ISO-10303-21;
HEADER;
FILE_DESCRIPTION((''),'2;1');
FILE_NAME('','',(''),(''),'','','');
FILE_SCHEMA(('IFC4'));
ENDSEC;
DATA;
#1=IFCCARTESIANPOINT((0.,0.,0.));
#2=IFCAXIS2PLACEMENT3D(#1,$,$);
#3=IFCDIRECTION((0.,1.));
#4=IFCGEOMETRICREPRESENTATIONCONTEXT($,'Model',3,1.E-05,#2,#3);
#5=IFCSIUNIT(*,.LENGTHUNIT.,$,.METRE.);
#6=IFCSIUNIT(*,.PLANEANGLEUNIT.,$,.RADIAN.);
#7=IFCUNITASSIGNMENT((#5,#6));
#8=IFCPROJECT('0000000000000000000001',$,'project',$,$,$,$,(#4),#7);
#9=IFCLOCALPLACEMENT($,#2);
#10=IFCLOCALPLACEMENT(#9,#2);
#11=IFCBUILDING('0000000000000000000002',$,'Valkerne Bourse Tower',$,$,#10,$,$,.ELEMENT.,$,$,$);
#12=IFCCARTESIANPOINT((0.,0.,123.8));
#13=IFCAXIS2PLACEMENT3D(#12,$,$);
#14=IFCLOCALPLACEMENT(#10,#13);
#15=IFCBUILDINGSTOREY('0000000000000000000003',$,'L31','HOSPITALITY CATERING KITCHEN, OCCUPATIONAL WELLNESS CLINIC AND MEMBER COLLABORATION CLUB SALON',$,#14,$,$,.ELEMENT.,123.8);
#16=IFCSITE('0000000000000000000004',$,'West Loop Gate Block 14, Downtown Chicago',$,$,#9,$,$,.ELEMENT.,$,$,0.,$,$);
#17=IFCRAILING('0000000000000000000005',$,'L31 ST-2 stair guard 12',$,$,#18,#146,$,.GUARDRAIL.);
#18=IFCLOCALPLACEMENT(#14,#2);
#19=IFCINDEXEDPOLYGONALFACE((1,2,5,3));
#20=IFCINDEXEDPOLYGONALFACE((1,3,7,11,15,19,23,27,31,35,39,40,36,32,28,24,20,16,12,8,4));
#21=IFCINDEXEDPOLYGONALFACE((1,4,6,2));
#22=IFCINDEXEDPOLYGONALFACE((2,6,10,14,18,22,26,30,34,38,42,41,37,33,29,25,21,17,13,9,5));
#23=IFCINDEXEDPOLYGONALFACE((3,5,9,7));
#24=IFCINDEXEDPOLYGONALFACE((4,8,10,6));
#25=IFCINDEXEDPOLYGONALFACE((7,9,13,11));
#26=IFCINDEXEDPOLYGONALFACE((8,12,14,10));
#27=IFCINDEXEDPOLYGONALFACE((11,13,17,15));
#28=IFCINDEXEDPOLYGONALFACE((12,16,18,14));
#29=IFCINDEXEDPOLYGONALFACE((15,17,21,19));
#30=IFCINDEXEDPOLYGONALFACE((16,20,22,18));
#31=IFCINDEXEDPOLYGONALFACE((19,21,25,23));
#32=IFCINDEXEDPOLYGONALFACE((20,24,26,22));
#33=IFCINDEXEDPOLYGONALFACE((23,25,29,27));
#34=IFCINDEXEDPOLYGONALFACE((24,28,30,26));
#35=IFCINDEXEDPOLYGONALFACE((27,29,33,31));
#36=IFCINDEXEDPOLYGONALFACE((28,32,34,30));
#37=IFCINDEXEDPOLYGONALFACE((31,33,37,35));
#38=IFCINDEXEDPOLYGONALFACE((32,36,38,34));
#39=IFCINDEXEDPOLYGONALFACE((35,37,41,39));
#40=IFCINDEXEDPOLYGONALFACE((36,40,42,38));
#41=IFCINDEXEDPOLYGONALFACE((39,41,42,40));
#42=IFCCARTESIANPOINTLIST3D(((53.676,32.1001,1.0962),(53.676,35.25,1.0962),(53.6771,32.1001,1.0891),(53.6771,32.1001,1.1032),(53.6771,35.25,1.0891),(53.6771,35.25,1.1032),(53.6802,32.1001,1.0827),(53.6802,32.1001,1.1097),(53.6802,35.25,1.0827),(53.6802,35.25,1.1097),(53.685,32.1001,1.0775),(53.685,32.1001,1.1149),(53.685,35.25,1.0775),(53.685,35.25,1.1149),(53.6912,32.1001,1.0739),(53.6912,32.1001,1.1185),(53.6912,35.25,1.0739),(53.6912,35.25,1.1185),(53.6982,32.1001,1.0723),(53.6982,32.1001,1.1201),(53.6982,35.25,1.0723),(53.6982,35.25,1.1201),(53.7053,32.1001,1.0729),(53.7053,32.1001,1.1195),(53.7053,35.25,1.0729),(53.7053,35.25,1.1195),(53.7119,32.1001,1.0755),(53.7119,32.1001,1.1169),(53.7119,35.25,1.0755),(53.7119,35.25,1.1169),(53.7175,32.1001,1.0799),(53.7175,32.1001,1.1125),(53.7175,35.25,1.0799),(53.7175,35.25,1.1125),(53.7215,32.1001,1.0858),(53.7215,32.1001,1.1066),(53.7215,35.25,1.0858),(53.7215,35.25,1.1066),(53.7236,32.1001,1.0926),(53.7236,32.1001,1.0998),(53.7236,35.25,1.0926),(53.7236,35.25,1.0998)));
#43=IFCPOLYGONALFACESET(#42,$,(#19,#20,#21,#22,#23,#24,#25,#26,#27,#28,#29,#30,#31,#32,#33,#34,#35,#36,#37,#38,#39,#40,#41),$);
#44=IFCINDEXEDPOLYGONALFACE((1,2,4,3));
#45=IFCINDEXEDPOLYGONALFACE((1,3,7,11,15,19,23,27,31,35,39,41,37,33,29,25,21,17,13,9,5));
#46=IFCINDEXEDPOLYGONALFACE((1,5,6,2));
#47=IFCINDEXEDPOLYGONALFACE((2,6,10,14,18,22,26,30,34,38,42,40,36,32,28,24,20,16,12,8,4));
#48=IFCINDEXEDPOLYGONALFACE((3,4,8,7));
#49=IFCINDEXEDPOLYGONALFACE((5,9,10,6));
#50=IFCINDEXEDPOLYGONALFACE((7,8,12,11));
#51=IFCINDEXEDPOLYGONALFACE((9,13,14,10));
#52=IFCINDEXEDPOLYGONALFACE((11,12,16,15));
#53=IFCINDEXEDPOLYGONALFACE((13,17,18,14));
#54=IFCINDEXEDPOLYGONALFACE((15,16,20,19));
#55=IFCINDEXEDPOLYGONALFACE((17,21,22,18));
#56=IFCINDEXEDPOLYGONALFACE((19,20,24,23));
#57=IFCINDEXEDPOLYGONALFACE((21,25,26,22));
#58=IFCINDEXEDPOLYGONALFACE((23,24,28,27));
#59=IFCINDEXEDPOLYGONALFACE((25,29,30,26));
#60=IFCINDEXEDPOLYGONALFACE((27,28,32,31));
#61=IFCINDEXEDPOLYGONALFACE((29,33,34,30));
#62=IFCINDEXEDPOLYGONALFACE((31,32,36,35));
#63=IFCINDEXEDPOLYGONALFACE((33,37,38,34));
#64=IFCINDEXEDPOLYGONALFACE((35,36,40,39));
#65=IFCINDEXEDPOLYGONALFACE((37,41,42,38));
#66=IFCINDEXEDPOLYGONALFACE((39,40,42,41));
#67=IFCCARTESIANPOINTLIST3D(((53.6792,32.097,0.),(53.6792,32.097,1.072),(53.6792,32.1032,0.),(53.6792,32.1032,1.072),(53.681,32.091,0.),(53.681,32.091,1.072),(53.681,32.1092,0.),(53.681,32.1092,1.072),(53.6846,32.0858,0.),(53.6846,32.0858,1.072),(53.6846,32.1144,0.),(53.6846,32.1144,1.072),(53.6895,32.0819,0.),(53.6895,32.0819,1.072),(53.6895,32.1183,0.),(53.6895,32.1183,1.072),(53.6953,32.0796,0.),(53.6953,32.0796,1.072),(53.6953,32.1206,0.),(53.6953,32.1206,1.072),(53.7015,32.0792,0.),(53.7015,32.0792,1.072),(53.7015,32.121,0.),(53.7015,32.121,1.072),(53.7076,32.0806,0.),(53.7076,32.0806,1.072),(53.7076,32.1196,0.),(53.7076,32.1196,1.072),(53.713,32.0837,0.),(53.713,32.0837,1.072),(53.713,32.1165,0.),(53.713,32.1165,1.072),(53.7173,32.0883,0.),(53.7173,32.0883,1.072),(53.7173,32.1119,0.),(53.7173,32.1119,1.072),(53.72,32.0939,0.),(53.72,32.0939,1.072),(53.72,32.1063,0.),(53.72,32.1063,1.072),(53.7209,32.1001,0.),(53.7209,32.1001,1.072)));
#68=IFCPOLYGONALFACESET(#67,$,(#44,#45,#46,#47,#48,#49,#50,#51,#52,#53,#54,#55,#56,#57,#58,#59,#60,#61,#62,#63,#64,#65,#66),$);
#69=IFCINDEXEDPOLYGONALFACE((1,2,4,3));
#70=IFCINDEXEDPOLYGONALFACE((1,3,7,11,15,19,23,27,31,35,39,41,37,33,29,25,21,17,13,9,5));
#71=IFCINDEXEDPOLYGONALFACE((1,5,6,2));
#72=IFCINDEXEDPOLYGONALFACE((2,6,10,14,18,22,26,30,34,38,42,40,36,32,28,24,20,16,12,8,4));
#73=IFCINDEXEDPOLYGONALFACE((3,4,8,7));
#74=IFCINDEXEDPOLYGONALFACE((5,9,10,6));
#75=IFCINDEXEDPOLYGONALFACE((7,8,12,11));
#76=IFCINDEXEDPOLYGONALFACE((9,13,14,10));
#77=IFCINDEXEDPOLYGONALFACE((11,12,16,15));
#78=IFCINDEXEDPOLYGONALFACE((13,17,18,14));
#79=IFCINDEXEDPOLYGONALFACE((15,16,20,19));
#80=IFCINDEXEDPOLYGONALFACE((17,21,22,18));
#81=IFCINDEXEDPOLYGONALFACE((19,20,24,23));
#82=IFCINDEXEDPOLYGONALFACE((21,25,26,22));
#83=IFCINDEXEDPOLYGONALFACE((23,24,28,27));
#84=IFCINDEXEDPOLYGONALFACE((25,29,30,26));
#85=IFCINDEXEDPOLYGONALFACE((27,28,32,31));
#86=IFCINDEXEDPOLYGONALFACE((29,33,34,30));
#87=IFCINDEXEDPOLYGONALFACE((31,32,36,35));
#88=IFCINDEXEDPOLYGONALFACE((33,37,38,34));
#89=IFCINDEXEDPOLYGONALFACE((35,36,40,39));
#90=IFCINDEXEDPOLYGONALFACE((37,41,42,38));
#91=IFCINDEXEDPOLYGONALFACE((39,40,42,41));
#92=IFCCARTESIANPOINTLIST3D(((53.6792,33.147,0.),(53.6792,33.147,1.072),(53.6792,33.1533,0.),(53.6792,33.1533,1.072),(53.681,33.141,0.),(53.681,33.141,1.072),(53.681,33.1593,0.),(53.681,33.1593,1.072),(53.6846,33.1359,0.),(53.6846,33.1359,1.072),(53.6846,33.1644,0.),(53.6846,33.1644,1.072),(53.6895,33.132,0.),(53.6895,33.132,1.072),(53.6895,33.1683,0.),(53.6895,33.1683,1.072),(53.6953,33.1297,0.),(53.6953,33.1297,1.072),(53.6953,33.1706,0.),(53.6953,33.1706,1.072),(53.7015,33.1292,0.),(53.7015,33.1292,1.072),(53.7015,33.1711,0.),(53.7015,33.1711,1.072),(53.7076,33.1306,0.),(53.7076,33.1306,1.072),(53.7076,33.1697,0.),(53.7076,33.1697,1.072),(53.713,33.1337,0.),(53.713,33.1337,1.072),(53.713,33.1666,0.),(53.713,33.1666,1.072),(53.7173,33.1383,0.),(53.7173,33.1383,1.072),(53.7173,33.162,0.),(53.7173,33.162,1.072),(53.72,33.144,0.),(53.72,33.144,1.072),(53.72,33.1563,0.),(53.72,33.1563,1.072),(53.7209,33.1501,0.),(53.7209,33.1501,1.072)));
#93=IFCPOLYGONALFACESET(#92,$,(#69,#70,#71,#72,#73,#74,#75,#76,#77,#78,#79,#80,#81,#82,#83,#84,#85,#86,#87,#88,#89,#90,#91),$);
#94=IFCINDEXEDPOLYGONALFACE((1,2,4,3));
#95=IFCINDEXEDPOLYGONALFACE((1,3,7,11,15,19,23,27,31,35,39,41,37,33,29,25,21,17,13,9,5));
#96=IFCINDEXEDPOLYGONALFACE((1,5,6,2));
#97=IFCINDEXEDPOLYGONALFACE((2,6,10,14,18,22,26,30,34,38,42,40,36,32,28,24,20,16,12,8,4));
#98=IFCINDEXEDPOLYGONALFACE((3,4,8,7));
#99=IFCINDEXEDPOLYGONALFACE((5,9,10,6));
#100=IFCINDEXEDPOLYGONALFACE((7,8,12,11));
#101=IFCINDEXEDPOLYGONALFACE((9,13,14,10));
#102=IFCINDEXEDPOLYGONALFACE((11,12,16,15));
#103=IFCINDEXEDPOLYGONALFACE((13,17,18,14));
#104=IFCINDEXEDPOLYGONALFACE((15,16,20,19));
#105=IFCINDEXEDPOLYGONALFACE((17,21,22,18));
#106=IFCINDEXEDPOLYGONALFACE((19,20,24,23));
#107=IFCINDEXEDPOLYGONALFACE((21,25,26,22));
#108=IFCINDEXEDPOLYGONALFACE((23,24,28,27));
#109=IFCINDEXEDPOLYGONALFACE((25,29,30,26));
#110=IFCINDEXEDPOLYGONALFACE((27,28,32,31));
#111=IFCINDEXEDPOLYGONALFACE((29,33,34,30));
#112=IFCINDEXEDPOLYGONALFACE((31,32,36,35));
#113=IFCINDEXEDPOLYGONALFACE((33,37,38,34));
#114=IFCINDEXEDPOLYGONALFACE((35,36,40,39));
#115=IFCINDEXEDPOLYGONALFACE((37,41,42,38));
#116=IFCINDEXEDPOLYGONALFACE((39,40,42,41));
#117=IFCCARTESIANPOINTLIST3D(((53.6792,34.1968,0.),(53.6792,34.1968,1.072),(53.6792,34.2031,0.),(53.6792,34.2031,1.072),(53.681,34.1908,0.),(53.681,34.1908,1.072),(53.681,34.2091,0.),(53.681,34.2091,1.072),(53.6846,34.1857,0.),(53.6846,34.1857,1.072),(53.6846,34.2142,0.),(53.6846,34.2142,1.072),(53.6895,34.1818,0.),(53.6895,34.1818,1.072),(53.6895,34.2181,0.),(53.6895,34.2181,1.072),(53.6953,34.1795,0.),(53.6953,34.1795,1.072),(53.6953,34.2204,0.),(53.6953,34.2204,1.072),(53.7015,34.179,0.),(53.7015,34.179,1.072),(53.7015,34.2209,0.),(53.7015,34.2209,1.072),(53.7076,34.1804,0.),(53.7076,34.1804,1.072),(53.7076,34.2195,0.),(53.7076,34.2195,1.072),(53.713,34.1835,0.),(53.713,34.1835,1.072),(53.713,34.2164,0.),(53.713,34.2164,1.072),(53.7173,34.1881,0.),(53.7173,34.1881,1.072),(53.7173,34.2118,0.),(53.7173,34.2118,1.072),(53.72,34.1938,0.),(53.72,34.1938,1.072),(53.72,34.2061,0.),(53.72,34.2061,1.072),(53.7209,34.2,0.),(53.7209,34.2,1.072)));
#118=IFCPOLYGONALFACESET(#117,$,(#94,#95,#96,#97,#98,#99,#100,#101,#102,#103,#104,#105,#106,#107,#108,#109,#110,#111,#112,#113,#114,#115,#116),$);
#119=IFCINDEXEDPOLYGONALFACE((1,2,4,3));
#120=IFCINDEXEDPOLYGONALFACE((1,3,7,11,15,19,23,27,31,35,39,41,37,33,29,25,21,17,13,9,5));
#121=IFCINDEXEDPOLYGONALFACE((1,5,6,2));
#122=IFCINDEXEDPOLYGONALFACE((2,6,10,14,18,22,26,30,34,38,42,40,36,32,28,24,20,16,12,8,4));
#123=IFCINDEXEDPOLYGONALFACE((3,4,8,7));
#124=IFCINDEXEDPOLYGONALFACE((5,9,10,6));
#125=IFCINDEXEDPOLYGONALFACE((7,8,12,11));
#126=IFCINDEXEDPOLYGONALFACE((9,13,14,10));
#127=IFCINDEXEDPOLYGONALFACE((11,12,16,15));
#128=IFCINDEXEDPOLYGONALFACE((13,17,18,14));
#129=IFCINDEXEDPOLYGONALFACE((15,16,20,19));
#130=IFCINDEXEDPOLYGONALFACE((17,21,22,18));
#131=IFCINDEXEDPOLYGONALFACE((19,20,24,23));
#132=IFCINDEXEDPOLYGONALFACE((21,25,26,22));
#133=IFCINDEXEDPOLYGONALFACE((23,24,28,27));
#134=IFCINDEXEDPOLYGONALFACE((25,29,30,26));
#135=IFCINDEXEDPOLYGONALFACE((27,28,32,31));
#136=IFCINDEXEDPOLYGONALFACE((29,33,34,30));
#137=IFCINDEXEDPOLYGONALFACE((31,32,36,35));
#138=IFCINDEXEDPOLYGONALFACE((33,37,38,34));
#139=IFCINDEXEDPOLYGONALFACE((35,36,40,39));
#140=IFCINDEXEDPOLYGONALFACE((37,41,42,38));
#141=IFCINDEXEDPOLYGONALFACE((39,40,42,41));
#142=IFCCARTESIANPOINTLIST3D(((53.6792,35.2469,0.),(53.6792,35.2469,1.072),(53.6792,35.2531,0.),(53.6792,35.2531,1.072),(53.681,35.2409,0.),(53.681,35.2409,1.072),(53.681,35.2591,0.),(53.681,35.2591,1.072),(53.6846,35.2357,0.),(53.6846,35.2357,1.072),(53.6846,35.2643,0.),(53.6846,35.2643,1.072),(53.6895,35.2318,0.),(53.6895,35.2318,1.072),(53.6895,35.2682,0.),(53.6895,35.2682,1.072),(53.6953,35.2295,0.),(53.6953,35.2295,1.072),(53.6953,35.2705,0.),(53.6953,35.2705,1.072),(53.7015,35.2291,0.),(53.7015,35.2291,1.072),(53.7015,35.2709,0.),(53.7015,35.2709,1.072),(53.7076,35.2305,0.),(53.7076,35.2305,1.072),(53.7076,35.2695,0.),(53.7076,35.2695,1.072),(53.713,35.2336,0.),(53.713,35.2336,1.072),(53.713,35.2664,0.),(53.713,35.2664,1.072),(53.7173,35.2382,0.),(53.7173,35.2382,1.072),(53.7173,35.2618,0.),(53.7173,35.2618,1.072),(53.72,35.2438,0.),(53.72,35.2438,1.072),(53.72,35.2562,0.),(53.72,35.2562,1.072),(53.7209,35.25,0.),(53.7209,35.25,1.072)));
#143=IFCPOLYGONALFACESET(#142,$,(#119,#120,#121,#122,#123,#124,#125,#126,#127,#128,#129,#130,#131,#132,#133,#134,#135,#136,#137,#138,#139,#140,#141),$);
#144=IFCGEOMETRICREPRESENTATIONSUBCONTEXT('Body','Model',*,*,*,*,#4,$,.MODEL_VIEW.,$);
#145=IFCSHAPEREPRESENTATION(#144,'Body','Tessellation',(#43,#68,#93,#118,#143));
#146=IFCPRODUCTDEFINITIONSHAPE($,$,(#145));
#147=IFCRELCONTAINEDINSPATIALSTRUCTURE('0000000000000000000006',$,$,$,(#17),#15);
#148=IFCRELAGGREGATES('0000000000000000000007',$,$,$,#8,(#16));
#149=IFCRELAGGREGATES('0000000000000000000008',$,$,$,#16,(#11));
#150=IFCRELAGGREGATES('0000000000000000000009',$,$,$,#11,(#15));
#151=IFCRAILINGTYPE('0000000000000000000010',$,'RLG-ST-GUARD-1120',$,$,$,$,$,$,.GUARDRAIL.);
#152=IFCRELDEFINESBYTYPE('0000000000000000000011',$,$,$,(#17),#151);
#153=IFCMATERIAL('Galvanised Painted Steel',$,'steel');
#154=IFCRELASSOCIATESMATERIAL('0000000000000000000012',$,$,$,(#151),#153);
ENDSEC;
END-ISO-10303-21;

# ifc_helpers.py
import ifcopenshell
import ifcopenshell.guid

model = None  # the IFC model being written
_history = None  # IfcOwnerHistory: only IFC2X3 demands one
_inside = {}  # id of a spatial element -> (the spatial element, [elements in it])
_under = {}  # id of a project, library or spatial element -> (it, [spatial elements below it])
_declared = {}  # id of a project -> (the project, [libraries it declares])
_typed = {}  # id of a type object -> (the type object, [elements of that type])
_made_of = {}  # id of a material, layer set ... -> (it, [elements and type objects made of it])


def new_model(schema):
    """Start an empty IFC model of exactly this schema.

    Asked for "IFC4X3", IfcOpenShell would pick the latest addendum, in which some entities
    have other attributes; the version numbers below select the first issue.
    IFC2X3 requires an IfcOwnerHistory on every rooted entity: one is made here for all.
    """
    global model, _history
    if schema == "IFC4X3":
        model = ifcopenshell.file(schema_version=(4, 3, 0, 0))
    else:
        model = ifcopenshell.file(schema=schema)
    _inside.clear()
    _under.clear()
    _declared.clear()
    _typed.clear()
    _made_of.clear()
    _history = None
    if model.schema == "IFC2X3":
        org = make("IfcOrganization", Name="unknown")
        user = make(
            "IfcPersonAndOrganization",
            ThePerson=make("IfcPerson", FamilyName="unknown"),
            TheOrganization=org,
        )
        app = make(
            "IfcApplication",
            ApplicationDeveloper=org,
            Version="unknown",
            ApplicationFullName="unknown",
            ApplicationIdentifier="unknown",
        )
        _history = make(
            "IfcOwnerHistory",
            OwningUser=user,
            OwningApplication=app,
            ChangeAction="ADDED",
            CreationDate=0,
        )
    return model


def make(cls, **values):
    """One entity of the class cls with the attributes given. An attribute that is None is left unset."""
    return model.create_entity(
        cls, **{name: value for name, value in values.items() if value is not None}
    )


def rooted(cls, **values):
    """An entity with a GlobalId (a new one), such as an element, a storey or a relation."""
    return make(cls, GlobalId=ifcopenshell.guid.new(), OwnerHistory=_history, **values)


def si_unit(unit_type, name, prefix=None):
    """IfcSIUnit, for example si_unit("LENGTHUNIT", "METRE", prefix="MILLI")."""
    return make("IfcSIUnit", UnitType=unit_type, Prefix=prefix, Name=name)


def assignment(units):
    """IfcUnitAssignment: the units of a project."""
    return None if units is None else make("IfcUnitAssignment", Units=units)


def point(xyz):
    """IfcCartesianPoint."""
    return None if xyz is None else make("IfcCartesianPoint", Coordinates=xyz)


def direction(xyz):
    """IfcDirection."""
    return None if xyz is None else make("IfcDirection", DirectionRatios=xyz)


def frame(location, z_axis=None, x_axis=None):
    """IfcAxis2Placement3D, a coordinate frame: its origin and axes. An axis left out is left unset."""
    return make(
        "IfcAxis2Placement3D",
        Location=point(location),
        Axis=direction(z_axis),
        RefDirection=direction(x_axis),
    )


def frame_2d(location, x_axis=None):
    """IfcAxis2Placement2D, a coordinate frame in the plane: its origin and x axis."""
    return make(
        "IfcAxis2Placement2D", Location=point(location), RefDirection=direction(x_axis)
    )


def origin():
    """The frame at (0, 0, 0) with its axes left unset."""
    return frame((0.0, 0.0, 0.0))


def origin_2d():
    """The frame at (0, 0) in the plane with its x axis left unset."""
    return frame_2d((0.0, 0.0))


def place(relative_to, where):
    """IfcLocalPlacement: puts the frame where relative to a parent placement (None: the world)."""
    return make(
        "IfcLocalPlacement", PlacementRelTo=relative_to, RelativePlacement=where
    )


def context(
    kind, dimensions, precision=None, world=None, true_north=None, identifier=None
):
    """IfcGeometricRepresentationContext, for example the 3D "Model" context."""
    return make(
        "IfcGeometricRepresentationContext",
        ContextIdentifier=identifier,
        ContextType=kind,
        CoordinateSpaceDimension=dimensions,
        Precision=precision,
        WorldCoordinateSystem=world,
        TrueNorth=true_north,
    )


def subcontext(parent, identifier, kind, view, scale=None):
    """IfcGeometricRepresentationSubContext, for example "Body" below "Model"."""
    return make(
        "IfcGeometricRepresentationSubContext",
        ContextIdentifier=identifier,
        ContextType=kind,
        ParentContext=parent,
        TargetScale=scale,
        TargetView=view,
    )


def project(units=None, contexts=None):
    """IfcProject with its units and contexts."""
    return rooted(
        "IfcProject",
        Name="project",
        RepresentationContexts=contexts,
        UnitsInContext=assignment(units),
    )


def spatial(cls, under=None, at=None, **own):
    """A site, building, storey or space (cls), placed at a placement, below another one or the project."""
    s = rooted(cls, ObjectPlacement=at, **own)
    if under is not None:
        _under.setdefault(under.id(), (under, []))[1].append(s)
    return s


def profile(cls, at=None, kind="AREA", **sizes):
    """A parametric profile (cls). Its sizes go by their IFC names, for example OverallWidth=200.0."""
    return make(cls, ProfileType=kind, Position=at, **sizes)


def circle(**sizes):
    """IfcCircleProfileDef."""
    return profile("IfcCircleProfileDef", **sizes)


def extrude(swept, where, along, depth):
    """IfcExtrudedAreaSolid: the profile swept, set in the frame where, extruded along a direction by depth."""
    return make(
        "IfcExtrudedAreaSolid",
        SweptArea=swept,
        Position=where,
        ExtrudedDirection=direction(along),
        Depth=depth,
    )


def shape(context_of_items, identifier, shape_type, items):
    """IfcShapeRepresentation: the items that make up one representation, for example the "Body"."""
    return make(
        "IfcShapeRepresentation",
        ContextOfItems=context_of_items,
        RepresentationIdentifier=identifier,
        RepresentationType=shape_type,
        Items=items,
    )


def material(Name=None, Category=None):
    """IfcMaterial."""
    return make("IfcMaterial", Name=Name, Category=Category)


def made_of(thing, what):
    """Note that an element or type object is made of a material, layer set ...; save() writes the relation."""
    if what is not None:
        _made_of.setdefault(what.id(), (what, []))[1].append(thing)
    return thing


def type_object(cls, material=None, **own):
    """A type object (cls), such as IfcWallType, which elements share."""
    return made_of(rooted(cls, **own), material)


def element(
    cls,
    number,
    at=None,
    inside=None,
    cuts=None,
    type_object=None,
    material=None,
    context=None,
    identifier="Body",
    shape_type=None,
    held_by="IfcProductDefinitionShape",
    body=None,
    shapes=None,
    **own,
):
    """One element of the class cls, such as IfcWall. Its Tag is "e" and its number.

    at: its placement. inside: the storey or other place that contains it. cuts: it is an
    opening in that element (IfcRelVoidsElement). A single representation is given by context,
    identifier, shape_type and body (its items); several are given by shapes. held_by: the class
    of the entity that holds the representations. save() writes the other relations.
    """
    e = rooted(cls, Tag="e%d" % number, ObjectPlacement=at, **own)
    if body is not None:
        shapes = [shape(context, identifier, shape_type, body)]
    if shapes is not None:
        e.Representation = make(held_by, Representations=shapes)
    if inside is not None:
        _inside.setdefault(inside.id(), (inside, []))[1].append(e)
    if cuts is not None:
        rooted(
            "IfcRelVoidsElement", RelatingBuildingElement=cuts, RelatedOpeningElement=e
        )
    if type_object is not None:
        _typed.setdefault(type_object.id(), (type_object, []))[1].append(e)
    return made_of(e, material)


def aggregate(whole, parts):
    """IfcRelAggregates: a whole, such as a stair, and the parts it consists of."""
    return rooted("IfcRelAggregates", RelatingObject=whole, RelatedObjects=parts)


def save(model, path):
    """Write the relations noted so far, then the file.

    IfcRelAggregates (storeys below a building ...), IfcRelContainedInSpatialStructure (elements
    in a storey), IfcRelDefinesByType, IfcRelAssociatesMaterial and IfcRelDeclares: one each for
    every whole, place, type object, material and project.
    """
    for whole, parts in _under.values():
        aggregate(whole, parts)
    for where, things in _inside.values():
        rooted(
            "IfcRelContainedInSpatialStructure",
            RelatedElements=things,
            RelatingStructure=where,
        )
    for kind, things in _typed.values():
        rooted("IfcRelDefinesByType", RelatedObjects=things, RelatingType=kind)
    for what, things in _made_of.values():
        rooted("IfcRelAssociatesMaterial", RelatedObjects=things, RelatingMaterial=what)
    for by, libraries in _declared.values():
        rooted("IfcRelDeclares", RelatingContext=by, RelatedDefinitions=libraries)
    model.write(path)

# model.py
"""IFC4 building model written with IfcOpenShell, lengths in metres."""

from ifc_helpers import new_model, si_unit, direction, frame, origin, origin_2d, place, context, subcontext, project, spatial, circle, extrude, material, type_object, element, save


model = new_model("IFC4")

# Units and contexts
model_context = context("Model", 3, precision=1e-05, world=origin(), true_north=direction((0.0, 1.0)))
body_context = subcontext(model_context, "Body", "Model", "MODEL_VIEW")
ifc_project = project(units=[si_unit("LENGTHUNIT", "METRE"), si_unit("PLANEANGLEUNIT", "RADIAN")], contexts=[model_context])

# Site, building, storey
site_placement = place(None, origin())
site = spatial("IfcSite", under=ifc_project, at=site_placement, Name="West Loop Gate Block 14, Downtown Chicago", CompositionType="ELEMENT", RefElevation=0.0)
building_placement = place(site_placement, origin())
building = spatial("IfcBuilding", under=site, at=building_placement, Name="Valkerne Bourse Tower", CompositionType="ELEMENT")
storey_placement = place(building_placement, frame((0.0, 0.0, 123.8)))
storey = spatial("IfcBuildingStorey", under=building, at=storey_placement, Name="L31", Description="HOSPITALITY CATERING KITCHEN, OCCUPATIONAL WELLNESS CLINIC AND MEMBER COLLABORATION CLUB SALON", CompositionType="ELEMENT", Elevation=123.8)

# Railing
ifc_material_1 = material(Name="Galvanised Painted Steel", Category="steel")
railing_type_1 = type_object("IfcRailingType", Name="RLG-ST-GUARD-1120", PredefinedType="GUARDRAIL", material=ifc_material_1)
railing_1_placement = place(storey_placement, frame((53.7, 32.1001, 0.0)))
element("IfcRailing", 1, at=railing_1_placement, inside=storey, type_object=railing_type_1, Name="L31 ST-2 stair guard 12", PredefinedType="GUARDRAIL", context=body_context, shape_type="SweptSolid", body=[
    extrude(circle(Radius=0.0239, at=origin_2d()), frame((0.0, 0.0, 1.0962), z_axis=(0.0, 1.0, 0.0), x_axis=(-1.0, 0.0, 0.0)), (0.0, 0.0, 1.0), 3.1499),
    extrude(circle(Radius=0.021, at=origin_2d()), origin(), (0.0, 0.0, 1.0), 1.072),
    extrude(circle(Radius=0.021, at=origin_2d()), frame((0.0, 1.05, 0.0)), (0.0, 0.0, 1.0), 1.072),
    extrude(circle(Radius=0.021, at=origin_2d()), frame((0.0, 2.0999, 0.0)), (0.0, 0.0, 1.0), 1.072),
    extrude(circle(Radius=0.021, at=origin_2d()), frame((0.0, 3.1499, 0.0)), (0.0, 0.0, 1.0), 1.072),
])

save(model, "model.ifc")
